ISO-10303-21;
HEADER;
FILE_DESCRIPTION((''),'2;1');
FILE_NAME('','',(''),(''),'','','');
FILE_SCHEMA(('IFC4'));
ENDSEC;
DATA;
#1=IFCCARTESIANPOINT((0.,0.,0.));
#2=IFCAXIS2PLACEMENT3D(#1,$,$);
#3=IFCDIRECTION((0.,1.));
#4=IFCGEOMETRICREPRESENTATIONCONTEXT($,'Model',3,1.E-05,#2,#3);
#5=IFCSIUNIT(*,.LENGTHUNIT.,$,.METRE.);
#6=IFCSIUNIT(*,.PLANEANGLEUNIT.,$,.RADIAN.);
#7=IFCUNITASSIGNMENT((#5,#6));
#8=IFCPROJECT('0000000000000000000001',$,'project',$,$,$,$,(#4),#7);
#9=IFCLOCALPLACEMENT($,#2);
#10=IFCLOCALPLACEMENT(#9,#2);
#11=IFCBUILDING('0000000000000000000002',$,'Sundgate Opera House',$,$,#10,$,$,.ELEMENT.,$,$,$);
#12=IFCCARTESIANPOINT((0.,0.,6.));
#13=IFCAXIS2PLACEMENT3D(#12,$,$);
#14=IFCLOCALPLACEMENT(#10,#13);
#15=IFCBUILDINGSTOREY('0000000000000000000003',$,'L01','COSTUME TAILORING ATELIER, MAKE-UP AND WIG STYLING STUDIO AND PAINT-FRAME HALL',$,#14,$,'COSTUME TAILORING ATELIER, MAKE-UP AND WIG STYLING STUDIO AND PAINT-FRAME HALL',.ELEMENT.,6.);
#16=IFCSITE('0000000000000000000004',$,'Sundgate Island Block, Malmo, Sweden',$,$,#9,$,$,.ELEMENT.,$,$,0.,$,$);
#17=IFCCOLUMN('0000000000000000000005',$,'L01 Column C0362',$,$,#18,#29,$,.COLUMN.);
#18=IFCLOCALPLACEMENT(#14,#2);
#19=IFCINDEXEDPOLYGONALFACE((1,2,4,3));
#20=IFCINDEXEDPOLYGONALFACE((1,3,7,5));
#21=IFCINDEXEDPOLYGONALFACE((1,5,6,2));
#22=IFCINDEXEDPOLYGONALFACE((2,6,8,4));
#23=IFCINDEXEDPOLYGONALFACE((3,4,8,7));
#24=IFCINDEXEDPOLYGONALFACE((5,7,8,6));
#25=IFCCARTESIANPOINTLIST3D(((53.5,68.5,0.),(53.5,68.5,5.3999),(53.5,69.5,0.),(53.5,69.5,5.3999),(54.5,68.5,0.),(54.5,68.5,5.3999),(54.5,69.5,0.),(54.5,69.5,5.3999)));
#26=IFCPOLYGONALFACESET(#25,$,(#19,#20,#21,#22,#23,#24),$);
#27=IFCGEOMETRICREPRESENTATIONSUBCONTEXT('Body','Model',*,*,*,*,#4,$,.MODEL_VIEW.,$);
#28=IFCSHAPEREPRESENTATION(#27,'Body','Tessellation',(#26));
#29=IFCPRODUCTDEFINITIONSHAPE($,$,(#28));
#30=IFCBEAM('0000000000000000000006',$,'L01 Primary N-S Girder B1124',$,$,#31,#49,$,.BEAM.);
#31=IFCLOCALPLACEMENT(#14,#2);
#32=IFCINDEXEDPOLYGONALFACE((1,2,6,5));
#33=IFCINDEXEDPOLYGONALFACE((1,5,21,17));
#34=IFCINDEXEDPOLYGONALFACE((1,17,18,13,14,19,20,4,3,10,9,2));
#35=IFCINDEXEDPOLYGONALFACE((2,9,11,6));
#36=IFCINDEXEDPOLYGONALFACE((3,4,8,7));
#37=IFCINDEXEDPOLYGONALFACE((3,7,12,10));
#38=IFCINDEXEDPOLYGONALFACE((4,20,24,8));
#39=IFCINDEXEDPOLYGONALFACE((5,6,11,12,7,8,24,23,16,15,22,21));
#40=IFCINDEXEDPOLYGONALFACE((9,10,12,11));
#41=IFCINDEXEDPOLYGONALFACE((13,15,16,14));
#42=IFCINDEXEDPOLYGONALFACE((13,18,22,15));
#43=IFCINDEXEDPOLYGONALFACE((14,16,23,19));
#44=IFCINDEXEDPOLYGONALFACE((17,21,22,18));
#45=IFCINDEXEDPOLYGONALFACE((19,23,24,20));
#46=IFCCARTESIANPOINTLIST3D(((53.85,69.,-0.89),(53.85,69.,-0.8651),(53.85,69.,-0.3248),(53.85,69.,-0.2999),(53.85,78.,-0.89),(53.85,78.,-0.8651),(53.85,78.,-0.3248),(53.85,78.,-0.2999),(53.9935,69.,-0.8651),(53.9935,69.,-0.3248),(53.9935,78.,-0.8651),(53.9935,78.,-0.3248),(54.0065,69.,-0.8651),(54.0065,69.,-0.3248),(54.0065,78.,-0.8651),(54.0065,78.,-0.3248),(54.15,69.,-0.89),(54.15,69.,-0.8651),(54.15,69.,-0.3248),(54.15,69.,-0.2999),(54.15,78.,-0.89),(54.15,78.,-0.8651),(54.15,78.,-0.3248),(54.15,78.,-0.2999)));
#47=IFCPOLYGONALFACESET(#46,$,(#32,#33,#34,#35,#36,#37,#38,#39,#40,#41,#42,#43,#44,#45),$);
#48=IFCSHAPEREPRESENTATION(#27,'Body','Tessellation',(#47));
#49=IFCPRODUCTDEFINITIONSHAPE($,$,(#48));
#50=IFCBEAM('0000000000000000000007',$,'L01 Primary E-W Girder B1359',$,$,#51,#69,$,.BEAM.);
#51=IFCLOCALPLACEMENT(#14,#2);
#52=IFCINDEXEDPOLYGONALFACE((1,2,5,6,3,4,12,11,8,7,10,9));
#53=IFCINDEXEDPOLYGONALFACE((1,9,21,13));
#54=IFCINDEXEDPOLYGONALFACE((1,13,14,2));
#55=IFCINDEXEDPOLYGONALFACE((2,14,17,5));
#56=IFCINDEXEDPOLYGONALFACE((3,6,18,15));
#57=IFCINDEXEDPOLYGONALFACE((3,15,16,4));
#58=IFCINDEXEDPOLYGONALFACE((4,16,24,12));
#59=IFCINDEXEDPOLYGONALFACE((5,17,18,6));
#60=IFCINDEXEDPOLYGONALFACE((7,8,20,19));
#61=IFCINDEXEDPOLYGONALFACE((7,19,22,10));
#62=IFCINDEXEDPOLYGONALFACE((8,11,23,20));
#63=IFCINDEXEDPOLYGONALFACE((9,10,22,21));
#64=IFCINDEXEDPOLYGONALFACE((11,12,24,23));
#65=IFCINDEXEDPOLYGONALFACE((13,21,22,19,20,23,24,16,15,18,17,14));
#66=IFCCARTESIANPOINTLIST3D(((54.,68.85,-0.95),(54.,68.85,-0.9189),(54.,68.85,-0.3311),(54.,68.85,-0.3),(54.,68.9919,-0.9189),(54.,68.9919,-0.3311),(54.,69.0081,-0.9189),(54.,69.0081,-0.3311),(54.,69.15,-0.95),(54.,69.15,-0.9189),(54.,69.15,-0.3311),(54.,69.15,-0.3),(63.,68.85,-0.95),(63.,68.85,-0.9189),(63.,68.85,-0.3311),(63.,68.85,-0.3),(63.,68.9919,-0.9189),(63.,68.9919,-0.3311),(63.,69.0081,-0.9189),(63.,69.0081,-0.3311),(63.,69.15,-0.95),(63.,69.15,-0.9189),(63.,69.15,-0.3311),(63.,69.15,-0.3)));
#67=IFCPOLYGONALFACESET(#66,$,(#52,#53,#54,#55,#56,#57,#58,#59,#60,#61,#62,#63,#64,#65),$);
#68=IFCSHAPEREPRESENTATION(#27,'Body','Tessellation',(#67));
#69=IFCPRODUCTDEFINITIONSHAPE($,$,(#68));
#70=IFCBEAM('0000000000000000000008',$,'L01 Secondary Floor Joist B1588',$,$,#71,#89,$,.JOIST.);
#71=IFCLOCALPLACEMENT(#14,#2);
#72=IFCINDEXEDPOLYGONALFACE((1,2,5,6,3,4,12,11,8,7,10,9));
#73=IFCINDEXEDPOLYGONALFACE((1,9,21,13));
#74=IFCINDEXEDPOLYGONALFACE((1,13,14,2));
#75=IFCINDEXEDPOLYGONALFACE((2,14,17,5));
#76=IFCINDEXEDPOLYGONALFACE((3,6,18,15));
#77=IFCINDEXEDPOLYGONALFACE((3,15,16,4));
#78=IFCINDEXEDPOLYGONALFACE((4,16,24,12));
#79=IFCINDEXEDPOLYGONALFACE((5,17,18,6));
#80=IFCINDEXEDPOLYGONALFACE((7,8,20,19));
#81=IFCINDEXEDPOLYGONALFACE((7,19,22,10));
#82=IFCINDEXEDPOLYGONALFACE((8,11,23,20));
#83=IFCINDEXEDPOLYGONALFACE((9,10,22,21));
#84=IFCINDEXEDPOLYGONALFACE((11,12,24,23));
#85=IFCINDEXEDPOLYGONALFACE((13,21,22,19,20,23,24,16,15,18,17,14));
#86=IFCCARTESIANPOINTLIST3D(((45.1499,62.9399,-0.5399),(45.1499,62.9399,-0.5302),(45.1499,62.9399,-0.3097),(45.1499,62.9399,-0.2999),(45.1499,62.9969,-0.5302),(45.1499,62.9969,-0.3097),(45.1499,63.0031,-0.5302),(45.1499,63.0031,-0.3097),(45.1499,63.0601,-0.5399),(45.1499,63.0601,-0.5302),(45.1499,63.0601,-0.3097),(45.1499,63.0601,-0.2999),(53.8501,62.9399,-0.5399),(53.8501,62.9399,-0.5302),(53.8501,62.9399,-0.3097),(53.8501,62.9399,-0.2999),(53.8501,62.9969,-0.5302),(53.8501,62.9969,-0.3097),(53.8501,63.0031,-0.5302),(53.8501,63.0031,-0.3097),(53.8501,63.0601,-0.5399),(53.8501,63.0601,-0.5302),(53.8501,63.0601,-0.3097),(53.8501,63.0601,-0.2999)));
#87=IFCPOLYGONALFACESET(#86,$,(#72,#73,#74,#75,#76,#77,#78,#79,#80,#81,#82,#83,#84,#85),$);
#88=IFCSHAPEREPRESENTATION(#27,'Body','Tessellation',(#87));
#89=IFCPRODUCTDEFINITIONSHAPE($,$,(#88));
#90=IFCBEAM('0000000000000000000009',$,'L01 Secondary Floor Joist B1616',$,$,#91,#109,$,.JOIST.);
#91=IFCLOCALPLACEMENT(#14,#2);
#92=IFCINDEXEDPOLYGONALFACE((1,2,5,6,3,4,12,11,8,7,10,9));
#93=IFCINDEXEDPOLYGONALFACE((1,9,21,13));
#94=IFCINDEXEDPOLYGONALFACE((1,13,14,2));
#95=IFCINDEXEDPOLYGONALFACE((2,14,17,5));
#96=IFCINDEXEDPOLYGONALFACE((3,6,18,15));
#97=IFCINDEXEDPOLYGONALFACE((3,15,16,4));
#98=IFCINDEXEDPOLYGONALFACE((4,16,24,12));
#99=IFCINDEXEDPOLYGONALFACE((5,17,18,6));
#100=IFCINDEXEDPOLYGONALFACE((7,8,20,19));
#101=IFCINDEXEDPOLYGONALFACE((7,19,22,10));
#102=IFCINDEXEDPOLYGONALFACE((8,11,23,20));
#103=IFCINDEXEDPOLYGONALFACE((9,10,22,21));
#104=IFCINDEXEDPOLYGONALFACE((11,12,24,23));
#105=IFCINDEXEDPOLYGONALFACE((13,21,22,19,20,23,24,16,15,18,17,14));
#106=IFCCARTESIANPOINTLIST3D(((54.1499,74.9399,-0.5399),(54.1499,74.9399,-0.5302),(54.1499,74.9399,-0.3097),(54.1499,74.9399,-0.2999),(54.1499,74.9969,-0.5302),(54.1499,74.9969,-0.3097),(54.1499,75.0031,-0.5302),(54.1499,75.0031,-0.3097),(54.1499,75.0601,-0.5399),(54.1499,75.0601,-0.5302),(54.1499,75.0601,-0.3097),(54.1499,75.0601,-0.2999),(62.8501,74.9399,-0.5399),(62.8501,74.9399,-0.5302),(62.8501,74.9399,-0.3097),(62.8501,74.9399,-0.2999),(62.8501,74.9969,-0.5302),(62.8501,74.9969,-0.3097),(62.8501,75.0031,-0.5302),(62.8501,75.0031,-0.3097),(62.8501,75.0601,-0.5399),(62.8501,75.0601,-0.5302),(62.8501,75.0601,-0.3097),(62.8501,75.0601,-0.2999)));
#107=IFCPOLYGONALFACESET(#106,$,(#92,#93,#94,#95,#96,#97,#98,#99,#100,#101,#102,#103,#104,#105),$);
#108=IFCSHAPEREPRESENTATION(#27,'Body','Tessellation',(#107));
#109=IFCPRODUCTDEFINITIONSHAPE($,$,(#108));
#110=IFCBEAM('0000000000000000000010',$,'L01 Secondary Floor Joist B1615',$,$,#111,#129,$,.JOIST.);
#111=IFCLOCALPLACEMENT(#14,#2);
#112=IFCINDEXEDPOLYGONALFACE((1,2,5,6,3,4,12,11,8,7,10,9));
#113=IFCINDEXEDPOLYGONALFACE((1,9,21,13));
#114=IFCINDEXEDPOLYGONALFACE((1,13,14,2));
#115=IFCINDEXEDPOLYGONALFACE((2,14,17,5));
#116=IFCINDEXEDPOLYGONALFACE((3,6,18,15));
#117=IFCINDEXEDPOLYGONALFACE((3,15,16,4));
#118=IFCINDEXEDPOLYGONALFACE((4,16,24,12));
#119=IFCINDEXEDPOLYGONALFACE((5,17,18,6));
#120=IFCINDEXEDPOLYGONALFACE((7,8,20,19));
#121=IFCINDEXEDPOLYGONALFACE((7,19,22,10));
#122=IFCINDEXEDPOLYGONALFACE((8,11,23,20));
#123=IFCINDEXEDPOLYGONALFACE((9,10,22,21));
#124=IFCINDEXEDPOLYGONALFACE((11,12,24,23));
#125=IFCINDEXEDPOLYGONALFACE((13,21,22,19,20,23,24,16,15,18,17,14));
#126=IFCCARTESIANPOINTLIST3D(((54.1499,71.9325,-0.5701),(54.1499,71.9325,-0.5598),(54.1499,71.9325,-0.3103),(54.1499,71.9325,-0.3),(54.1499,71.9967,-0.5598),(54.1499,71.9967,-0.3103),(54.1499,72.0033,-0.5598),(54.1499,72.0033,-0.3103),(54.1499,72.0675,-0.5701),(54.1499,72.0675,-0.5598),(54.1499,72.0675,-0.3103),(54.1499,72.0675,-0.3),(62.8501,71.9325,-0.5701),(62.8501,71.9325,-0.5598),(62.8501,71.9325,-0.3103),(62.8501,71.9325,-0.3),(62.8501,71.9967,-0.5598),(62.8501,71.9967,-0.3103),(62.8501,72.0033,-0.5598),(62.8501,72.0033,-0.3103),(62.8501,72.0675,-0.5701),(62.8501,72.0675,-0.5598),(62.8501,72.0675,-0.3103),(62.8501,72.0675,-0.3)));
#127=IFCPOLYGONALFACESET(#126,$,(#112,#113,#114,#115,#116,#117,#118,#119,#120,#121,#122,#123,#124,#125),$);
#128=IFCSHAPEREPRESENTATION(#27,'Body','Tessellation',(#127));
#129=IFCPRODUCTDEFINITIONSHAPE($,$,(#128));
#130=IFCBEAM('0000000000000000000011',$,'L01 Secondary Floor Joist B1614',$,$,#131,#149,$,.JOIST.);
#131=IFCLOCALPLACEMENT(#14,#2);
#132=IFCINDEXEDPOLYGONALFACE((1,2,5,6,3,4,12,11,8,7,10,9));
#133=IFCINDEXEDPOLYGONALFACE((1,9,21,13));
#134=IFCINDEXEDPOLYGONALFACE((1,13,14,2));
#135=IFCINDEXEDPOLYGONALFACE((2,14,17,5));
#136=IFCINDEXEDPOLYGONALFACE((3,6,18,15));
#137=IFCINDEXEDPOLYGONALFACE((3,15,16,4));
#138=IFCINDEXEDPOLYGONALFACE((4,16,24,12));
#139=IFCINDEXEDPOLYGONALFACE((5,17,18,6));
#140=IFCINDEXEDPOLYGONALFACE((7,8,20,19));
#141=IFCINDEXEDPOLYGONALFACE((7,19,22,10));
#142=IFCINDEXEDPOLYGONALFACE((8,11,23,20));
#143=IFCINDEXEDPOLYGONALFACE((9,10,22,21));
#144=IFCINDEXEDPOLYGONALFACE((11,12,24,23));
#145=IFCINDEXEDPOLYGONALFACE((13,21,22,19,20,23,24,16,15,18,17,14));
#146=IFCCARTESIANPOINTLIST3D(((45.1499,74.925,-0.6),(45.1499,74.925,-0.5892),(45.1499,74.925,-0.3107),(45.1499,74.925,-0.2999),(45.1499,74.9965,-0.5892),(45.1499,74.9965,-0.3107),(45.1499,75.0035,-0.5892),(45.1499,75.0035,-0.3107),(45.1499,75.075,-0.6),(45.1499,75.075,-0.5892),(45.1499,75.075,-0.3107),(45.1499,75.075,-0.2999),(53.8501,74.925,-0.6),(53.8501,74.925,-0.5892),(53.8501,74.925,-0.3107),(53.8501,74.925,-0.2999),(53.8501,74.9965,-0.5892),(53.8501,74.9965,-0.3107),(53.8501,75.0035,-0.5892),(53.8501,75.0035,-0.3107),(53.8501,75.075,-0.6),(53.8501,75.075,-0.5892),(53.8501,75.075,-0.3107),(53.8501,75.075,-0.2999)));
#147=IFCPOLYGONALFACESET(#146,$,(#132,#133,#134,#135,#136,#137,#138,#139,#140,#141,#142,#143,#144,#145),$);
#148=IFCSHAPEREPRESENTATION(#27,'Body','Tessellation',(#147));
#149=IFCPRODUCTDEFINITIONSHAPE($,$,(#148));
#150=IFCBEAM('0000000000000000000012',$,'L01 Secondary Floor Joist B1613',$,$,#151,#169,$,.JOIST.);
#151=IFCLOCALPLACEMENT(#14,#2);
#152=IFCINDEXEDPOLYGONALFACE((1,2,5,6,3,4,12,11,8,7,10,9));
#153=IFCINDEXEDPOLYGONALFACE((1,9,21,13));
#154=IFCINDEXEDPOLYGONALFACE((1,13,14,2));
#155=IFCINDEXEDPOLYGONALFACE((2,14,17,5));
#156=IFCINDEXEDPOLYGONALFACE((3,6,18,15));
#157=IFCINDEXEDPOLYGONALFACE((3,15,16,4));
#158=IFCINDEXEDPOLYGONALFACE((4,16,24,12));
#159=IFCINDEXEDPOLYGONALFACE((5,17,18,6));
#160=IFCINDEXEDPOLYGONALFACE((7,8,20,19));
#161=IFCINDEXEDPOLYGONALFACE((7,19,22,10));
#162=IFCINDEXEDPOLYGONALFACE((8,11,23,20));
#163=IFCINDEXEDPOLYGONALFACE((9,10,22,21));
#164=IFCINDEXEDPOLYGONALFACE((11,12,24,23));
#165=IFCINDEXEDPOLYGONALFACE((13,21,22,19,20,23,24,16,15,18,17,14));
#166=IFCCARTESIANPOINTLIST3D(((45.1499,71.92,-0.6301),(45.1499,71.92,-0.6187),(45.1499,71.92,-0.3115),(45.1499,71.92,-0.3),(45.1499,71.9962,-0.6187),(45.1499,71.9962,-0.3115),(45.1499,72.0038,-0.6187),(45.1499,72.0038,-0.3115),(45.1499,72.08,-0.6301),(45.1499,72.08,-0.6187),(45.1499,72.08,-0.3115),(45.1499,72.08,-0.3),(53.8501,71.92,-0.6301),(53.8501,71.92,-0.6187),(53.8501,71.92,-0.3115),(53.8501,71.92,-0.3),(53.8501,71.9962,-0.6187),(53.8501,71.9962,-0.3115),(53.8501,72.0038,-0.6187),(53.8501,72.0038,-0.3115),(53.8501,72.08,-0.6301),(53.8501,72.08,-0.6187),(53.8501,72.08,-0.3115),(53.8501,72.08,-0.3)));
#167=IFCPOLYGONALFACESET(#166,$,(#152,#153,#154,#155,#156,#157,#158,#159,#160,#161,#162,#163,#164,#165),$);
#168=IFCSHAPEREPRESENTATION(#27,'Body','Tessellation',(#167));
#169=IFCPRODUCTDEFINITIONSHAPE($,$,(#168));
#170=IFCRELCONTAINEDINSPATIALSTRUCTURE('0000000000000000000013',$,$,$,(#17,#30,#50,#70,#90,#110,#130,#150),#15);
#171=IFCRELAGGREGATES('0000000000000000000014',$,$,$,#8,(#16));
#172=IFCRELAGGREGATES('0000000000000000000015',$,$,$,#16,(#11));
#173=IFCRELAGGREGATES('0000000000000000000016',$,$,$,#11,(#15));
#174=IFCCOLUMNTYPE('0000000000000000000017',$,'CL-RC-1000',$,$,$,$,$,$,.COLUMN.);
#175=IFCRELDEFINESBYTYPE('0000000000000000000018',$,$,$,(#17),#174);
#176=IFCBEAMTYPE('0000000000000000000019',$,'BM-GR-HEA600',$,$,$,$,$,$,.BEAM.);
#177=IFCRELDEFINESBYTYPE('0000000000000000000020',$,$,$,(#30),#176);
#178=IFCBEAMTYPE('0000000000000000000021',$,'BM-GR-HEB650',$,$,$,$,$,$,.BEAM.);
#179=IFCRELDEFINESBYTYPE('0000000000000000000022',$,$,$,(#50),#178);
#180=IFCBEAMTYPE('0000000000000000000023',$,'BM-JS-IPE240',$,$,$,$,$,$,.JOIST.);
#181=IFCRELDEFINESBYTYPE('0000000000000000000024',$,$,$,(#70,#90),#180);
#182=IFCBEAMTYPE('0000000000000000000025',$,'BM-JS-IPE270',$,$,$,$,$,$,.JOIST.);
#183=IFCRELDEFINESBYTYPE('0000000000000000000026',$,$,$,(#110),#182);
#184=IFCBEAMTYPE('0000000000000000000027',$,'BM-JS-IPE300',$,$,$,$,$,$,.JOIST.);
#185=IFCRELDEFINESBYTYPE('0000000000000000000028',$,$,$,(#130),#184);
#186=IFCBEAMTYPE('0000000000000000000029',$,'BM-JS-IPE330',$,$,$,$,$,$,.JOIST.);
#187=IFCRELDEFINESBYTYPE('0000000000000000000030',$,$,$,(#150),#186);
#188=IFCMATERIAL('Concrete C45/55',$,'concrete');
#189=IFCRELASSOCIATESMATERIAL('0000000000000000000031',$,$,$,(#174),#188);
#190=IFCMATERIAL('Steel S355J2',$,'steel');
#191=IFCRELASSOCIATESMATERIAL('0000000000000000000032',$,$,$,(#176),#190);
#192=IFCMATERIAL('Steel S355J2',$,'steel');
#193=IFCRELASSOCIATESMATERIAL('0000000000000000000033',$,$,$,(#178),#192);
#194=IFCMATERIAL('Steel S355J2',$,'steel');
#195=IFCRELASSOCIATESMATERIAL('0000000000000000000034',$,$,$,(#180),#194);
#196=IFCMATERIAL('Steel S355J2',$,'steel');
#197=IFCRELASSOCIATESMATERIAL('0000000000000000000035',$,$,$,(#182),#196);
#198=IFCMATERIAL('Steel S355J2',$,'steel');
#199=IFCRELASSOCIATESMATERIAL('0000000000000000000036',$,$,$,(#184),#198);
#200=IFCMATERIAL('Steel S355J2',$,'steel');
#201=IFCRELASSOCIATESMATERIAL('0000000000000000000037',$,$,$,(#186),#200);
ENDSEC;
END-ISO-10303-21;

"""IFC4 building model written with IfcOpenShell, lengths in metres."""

from ifc_helpers import new_model, si_unit, direction, frame, origin, origin_2d, place, context, subcontext, project, spatial, rectangle, i_section, extrude, material, material_profile, profile_set, type_object, element, save


model = new_model("IFC4")

# Units and contexts
model_context = context("Model", 3, precision=1e-05, world=origin(), true_north=direction((0.0, 1.0)))
body_context = subcontext(model_context, "Body", "Model", "MODEL_VIEW")
ifc_project = project(units=[si_unit("LENGTHUNIT", "METRE"), si_unit("PLANEANGLEUNIT", "RADIAN")], contexts=[model_context])

# Site, building, storey
site_placement = place(None, origin())
site = spatial("IfcSite", under=ifc_project, at=site_placement, Name="Sundgate Island Block, Malmo, Sweden", CompositionType="ELEMENT", RefElevation=0.0)
building_placement = place(site_placement, origin())
building = spatial("IfcBuilding", under=site, at=building_placement, Name="Sundgate Opera House", CompositionType="ELEMENT")
storey_placement = place(building_placement, frame((0.0, 0.0, 6.0)))
storey = spatial("IfcBuildingStorey", under=building, at=storey_placement, Name="L01", Description="COSTUME TAILORING ATELIER, MAKE-UP AND WIG STYLING STUDIO AND PAINT-FRAME HALL", LongName="COSTUME TAILORING ATELIER, MAKE-UP AND WIG STYLING STUDIO AND PAINT-FRAME HALL", CompositionType="ELEMENT", Elevation=6.0)

# Column
ifc_material_1 = material(Name="Concrete C45/55", Category="concrete")
ifc_material_profile_1 = material_profile(ifc_material_1, rectangle(XDim=1.0, YDim=1.0, at=origin_2d()), Name="RC 1000x1000")
ifc_profile_set_1 = profile_set([ifc_material_profile_1], Name="Concrete C45/55")
column_type = type_object("IfcColumnType", Name="CL-RC-1000", PredefinedType="COLUMN", material=ifc_profile_set_1)
column_placement = place(storey_placement, frame((54.0, 69.0, 0.0), z_axis=(0.0, 0.0, 1.0), x_axis=(1.0, 0.0, 0.0)))
element("IfcColumn", 1, at=column_placement, inside=storey, type_object=column_type, Name="L01 Column C0362", PredefinedType="COLUMN", context=body_context, shape_type="SweptSolid", body=[
    extrude(rectangle(XDim=1.0, YDim=1.0, at=origin_2d()), origin(), (0.0, 0.0, 1.0), 5.3999),
])

# Beams
ifc_material_2 = material(Name="Steel S355J2", Category="steel")
ifc_material_profile_2 = material_profile(ifc_material_2, i_section(OverallWidth=0.3, OverallDepth=0.5901, WebThickness=0.0129, FlangeThickness=0.0249, at=origin_2d()), Name="HEA 600")
ifc_profile_set_2 = profile_set([ifc_material_profile_2], Name="Steel S355J2")
beam_type_1 = type_object("IfcBeamType", Name="BM-GR-HEA600", PredefinedType="BEAM", material=ifc_profile_set_2)
beam_1_placement = place(storey_placement, frame((54.0, 69.0, -0.595), z_axis=(0.0, 1.0, 0.0), x_axis=(-1.0, 0.0, 0.0)))
element("IfcBeam", 2, at=beam_1_placement, inside=storey, type_object=beam_type_1, Name="L01 Primary N-S Girder B1124", PredefinedType="BEAM", context=body_context, shape_type="SweptSolid", body=[
    extrude(i_section(OverallWidth=0.3, OverallDepth=0.5901, WebThickness=0.0129, FlangeThickness=0.0249, at=origin_2d()), origin(), (0.0, 0.0, 1.0), 9.0),
])
ifc_material_3 = material(Name="Steel S355J2", Category="steel")
ifc_material_profile_3 = material_profile(ifc_material_3, i_section(OverallWidth=0.3, OverallDepth=0.6499, WebThickness=0.0161, FlangeThickness=0.031, at=origin_2d()), Name="HEB 650")
ifc_profile_set_3 = profile_set([ifc_material_profile_3], Name="Steel S355J2")
beam_type_2 = type_object("IfcBeamType", Name="BM-GR-HEB650", PredefinedType="BEAM", material=ifc_profile_set_3)
beam_2_placement = place(storey_placement, frame((54.0, 69.0, -0.625), z_axis=(1.0, 0.0, 0.0), x_axis=(0.0, 1.0, 0.0)))
element("IfcBeam", 3, at=beam_2_placement, inside=storey, type_object=beam_type_2, Name="L01 Primary E-W Girder B1359", PredefinedType="BEAM", context=body_context, shape_type="SweptSolid", body=[
    extrude(i_section(OverallWidth=0.3, OverallDepth=0.6499, WebThickness=0.0161, FlangeThickness=0.031, at=origin_2d()), origin(), (0.0, 0.0, 1.0), 9.0),
])
ifc_material_4 = material(Name="Steel S355J2", Category="steel")
ifc_material_profile_4 = material_profile(ifc_material_4, i_section(OverallWidth=0.1201, OverallDepth=0.24, WebThickness=0.0061, FlangeThickness=0.0098, at=origin_2d()), Name="IPE 240")
ifc_profile_set_4 = profile_set([ifc_material_profile_4], Name="Steel S355J2")
beam_type_3 = type_object("IfcBeamType", Name="BM-JS-IPE240", PredefinedType="JOIST", material=ifc_profile_set_4)
for number, where, z_axis, x_axis, name in (
    (4, (45.1499, 63.0, -0.4199), (1.0, 0.0, 0.0), (0.0, 1.0, 0.0), "L01 Secondary Floor Joist B1588"),
    (5, (54.1499, 75.0, -0.4199), (1.0, 0.0, 0.0), (0.0, 1.0, 0.0), "L01 Secondary Floor Joist B1616"),
):
    element("IfcBeam", number, at=place(storey_placement, frame(where, z_axis=z_axis, x_axis=x_axis)), inside=storey, type_object=beam_type_3, Name=name, PredefinedType="JOIST", context=body_context, shape_type="SweptSolid", body=[
        extrude(i_section(OverallWidth=0.1201, OverallDepth=0.24, WebThickness=0.0061, FlangeThickness=0.0098, at=origin_2d()), origin(), (0.0, 0.0, 1.0), 8.7002),
    ])
ifc_material_5 = material(Name="Steel S355J2", Category="steel")
ifc_material_profile_5 = material_profile(ifc_material_5, i_section(OverallWidth=0.135, OverallDepth=0.27, WebThickness=0.0066, FlangeThickness=0.0103, at=origin_2d()), Name="IPE 270")
ifc_profile_set_5 = profile_set([ifc_material_profile_5], Name="Steel S355J2")
beam_type_4 = type_object("IfcBeamType", Name="BM-JS-IPE270", PredefinedType="JOIST", material=ifc_profile_set_5)
beam_3_placement = place(storey_placement, frame((54.1499, 72.0, -0.4351), z_axis=(1.0, 0.0, 0.0), x_axis=(0.0, 1.0, 0.0)))
element("IfcBeam", 6, at=beam_3_placement, inside=storey, type_object=beam_type_4, Name="L01 Secondary Floor Joist B1615", PredefinedType="JOIST", context=body_context, shape_type="SweptSolid", body=[
    extrude(i_section(OverallWidth=0.135, OverallDepth=0.27, WebThickness=0.0066, FlangeThickness=0.0103, at=origin_2d()), origin(), (0.0, 0.0, 1.0), 8.7002),
])
ifc_material_6 = material(Name="Steel S355J2", Category="steel")
ifc_material_profile_6 = material_profile(ifc_material_6, i_section(OverallWidth=0.1499, OverallDepth=0.3, WebThickness=0.0071, FlangeThickness=0.0107, at=origin_2d()), Name="IPE 300")
ifc_profile_set_6 = profile_set([ifc_material_profile_6], Name="Steel S355J2")
beam_type_5 = type_object("IfcBeamType", Name="BM-JS-IPE300", PredefinedType="JOIST", material=ifc_profile_set_6)
beam_4_placement = place(storey_placement, frame((45.1499, 75.0, -0.45), z_axis=(1.0, 0.0, 0.0), x_axis=(0.0, 1.0, 0.0)))
element("IfcBeam", 7, at=beam_4_placement, inside=storey, type_object=beam_type_5, Name="L01 Secondary Floor Joist B1614", PredefinedType="JOIST", context=body_context, shape_type="SweptSolid", body=[
    extrude(i_section(OverallWidth=0.1499, OverallDepth=0.3, WebThickness=0.0071, FlangeThickness=0.0107, at=origin_2d()), origin(), (0.0, 0.0, 1.0), 8.7002),
])
ifc_material_7 = material(Name="Steel S355J2", Category="steel")
ifc_material_profile_7 = material_profile(ifc_material_7, i_section(OverallWidth=0.1599, OverallDepth=0.3301, WebThickness=0.0076, FlangeThickness=0.0115, at=origin_2d()), Name="IPE 330")
ifc_profile_set_7 = profile_set([ifc_material_profile_7], Name="Steel S355J2")
beam_type_6 = type_object("IfcBeamType", Name="BM-JS-IPE330", PredefinedType="JOIST", material=ifc_profile_set_7)
beam_5_placement = place(storey_placement, frame((45.1499, 72.0, -0.4651), z_axis=(1.0, 0.0, 0.0), x_axis=(0.0, 1.0, 0.0)))
element("IfcBeam", 8, at=beam_5_placement, inside=storey, type_object=beam_type_6, Name="L01 Secondary Floor Joist B1613", PredefinedType="JOIST", context=body_context, shape_type="SweptSolid", body=[
    extrude(i_section(OverallWidth=0.1599, OverallDepth=0.3301, WebThickness=0.0076, FlangeThickness=0.0115, at=origin_2d()), origin(), (0.0, 0.0, 1.0), 8.7002),
])

save(model, "model.ifc")
